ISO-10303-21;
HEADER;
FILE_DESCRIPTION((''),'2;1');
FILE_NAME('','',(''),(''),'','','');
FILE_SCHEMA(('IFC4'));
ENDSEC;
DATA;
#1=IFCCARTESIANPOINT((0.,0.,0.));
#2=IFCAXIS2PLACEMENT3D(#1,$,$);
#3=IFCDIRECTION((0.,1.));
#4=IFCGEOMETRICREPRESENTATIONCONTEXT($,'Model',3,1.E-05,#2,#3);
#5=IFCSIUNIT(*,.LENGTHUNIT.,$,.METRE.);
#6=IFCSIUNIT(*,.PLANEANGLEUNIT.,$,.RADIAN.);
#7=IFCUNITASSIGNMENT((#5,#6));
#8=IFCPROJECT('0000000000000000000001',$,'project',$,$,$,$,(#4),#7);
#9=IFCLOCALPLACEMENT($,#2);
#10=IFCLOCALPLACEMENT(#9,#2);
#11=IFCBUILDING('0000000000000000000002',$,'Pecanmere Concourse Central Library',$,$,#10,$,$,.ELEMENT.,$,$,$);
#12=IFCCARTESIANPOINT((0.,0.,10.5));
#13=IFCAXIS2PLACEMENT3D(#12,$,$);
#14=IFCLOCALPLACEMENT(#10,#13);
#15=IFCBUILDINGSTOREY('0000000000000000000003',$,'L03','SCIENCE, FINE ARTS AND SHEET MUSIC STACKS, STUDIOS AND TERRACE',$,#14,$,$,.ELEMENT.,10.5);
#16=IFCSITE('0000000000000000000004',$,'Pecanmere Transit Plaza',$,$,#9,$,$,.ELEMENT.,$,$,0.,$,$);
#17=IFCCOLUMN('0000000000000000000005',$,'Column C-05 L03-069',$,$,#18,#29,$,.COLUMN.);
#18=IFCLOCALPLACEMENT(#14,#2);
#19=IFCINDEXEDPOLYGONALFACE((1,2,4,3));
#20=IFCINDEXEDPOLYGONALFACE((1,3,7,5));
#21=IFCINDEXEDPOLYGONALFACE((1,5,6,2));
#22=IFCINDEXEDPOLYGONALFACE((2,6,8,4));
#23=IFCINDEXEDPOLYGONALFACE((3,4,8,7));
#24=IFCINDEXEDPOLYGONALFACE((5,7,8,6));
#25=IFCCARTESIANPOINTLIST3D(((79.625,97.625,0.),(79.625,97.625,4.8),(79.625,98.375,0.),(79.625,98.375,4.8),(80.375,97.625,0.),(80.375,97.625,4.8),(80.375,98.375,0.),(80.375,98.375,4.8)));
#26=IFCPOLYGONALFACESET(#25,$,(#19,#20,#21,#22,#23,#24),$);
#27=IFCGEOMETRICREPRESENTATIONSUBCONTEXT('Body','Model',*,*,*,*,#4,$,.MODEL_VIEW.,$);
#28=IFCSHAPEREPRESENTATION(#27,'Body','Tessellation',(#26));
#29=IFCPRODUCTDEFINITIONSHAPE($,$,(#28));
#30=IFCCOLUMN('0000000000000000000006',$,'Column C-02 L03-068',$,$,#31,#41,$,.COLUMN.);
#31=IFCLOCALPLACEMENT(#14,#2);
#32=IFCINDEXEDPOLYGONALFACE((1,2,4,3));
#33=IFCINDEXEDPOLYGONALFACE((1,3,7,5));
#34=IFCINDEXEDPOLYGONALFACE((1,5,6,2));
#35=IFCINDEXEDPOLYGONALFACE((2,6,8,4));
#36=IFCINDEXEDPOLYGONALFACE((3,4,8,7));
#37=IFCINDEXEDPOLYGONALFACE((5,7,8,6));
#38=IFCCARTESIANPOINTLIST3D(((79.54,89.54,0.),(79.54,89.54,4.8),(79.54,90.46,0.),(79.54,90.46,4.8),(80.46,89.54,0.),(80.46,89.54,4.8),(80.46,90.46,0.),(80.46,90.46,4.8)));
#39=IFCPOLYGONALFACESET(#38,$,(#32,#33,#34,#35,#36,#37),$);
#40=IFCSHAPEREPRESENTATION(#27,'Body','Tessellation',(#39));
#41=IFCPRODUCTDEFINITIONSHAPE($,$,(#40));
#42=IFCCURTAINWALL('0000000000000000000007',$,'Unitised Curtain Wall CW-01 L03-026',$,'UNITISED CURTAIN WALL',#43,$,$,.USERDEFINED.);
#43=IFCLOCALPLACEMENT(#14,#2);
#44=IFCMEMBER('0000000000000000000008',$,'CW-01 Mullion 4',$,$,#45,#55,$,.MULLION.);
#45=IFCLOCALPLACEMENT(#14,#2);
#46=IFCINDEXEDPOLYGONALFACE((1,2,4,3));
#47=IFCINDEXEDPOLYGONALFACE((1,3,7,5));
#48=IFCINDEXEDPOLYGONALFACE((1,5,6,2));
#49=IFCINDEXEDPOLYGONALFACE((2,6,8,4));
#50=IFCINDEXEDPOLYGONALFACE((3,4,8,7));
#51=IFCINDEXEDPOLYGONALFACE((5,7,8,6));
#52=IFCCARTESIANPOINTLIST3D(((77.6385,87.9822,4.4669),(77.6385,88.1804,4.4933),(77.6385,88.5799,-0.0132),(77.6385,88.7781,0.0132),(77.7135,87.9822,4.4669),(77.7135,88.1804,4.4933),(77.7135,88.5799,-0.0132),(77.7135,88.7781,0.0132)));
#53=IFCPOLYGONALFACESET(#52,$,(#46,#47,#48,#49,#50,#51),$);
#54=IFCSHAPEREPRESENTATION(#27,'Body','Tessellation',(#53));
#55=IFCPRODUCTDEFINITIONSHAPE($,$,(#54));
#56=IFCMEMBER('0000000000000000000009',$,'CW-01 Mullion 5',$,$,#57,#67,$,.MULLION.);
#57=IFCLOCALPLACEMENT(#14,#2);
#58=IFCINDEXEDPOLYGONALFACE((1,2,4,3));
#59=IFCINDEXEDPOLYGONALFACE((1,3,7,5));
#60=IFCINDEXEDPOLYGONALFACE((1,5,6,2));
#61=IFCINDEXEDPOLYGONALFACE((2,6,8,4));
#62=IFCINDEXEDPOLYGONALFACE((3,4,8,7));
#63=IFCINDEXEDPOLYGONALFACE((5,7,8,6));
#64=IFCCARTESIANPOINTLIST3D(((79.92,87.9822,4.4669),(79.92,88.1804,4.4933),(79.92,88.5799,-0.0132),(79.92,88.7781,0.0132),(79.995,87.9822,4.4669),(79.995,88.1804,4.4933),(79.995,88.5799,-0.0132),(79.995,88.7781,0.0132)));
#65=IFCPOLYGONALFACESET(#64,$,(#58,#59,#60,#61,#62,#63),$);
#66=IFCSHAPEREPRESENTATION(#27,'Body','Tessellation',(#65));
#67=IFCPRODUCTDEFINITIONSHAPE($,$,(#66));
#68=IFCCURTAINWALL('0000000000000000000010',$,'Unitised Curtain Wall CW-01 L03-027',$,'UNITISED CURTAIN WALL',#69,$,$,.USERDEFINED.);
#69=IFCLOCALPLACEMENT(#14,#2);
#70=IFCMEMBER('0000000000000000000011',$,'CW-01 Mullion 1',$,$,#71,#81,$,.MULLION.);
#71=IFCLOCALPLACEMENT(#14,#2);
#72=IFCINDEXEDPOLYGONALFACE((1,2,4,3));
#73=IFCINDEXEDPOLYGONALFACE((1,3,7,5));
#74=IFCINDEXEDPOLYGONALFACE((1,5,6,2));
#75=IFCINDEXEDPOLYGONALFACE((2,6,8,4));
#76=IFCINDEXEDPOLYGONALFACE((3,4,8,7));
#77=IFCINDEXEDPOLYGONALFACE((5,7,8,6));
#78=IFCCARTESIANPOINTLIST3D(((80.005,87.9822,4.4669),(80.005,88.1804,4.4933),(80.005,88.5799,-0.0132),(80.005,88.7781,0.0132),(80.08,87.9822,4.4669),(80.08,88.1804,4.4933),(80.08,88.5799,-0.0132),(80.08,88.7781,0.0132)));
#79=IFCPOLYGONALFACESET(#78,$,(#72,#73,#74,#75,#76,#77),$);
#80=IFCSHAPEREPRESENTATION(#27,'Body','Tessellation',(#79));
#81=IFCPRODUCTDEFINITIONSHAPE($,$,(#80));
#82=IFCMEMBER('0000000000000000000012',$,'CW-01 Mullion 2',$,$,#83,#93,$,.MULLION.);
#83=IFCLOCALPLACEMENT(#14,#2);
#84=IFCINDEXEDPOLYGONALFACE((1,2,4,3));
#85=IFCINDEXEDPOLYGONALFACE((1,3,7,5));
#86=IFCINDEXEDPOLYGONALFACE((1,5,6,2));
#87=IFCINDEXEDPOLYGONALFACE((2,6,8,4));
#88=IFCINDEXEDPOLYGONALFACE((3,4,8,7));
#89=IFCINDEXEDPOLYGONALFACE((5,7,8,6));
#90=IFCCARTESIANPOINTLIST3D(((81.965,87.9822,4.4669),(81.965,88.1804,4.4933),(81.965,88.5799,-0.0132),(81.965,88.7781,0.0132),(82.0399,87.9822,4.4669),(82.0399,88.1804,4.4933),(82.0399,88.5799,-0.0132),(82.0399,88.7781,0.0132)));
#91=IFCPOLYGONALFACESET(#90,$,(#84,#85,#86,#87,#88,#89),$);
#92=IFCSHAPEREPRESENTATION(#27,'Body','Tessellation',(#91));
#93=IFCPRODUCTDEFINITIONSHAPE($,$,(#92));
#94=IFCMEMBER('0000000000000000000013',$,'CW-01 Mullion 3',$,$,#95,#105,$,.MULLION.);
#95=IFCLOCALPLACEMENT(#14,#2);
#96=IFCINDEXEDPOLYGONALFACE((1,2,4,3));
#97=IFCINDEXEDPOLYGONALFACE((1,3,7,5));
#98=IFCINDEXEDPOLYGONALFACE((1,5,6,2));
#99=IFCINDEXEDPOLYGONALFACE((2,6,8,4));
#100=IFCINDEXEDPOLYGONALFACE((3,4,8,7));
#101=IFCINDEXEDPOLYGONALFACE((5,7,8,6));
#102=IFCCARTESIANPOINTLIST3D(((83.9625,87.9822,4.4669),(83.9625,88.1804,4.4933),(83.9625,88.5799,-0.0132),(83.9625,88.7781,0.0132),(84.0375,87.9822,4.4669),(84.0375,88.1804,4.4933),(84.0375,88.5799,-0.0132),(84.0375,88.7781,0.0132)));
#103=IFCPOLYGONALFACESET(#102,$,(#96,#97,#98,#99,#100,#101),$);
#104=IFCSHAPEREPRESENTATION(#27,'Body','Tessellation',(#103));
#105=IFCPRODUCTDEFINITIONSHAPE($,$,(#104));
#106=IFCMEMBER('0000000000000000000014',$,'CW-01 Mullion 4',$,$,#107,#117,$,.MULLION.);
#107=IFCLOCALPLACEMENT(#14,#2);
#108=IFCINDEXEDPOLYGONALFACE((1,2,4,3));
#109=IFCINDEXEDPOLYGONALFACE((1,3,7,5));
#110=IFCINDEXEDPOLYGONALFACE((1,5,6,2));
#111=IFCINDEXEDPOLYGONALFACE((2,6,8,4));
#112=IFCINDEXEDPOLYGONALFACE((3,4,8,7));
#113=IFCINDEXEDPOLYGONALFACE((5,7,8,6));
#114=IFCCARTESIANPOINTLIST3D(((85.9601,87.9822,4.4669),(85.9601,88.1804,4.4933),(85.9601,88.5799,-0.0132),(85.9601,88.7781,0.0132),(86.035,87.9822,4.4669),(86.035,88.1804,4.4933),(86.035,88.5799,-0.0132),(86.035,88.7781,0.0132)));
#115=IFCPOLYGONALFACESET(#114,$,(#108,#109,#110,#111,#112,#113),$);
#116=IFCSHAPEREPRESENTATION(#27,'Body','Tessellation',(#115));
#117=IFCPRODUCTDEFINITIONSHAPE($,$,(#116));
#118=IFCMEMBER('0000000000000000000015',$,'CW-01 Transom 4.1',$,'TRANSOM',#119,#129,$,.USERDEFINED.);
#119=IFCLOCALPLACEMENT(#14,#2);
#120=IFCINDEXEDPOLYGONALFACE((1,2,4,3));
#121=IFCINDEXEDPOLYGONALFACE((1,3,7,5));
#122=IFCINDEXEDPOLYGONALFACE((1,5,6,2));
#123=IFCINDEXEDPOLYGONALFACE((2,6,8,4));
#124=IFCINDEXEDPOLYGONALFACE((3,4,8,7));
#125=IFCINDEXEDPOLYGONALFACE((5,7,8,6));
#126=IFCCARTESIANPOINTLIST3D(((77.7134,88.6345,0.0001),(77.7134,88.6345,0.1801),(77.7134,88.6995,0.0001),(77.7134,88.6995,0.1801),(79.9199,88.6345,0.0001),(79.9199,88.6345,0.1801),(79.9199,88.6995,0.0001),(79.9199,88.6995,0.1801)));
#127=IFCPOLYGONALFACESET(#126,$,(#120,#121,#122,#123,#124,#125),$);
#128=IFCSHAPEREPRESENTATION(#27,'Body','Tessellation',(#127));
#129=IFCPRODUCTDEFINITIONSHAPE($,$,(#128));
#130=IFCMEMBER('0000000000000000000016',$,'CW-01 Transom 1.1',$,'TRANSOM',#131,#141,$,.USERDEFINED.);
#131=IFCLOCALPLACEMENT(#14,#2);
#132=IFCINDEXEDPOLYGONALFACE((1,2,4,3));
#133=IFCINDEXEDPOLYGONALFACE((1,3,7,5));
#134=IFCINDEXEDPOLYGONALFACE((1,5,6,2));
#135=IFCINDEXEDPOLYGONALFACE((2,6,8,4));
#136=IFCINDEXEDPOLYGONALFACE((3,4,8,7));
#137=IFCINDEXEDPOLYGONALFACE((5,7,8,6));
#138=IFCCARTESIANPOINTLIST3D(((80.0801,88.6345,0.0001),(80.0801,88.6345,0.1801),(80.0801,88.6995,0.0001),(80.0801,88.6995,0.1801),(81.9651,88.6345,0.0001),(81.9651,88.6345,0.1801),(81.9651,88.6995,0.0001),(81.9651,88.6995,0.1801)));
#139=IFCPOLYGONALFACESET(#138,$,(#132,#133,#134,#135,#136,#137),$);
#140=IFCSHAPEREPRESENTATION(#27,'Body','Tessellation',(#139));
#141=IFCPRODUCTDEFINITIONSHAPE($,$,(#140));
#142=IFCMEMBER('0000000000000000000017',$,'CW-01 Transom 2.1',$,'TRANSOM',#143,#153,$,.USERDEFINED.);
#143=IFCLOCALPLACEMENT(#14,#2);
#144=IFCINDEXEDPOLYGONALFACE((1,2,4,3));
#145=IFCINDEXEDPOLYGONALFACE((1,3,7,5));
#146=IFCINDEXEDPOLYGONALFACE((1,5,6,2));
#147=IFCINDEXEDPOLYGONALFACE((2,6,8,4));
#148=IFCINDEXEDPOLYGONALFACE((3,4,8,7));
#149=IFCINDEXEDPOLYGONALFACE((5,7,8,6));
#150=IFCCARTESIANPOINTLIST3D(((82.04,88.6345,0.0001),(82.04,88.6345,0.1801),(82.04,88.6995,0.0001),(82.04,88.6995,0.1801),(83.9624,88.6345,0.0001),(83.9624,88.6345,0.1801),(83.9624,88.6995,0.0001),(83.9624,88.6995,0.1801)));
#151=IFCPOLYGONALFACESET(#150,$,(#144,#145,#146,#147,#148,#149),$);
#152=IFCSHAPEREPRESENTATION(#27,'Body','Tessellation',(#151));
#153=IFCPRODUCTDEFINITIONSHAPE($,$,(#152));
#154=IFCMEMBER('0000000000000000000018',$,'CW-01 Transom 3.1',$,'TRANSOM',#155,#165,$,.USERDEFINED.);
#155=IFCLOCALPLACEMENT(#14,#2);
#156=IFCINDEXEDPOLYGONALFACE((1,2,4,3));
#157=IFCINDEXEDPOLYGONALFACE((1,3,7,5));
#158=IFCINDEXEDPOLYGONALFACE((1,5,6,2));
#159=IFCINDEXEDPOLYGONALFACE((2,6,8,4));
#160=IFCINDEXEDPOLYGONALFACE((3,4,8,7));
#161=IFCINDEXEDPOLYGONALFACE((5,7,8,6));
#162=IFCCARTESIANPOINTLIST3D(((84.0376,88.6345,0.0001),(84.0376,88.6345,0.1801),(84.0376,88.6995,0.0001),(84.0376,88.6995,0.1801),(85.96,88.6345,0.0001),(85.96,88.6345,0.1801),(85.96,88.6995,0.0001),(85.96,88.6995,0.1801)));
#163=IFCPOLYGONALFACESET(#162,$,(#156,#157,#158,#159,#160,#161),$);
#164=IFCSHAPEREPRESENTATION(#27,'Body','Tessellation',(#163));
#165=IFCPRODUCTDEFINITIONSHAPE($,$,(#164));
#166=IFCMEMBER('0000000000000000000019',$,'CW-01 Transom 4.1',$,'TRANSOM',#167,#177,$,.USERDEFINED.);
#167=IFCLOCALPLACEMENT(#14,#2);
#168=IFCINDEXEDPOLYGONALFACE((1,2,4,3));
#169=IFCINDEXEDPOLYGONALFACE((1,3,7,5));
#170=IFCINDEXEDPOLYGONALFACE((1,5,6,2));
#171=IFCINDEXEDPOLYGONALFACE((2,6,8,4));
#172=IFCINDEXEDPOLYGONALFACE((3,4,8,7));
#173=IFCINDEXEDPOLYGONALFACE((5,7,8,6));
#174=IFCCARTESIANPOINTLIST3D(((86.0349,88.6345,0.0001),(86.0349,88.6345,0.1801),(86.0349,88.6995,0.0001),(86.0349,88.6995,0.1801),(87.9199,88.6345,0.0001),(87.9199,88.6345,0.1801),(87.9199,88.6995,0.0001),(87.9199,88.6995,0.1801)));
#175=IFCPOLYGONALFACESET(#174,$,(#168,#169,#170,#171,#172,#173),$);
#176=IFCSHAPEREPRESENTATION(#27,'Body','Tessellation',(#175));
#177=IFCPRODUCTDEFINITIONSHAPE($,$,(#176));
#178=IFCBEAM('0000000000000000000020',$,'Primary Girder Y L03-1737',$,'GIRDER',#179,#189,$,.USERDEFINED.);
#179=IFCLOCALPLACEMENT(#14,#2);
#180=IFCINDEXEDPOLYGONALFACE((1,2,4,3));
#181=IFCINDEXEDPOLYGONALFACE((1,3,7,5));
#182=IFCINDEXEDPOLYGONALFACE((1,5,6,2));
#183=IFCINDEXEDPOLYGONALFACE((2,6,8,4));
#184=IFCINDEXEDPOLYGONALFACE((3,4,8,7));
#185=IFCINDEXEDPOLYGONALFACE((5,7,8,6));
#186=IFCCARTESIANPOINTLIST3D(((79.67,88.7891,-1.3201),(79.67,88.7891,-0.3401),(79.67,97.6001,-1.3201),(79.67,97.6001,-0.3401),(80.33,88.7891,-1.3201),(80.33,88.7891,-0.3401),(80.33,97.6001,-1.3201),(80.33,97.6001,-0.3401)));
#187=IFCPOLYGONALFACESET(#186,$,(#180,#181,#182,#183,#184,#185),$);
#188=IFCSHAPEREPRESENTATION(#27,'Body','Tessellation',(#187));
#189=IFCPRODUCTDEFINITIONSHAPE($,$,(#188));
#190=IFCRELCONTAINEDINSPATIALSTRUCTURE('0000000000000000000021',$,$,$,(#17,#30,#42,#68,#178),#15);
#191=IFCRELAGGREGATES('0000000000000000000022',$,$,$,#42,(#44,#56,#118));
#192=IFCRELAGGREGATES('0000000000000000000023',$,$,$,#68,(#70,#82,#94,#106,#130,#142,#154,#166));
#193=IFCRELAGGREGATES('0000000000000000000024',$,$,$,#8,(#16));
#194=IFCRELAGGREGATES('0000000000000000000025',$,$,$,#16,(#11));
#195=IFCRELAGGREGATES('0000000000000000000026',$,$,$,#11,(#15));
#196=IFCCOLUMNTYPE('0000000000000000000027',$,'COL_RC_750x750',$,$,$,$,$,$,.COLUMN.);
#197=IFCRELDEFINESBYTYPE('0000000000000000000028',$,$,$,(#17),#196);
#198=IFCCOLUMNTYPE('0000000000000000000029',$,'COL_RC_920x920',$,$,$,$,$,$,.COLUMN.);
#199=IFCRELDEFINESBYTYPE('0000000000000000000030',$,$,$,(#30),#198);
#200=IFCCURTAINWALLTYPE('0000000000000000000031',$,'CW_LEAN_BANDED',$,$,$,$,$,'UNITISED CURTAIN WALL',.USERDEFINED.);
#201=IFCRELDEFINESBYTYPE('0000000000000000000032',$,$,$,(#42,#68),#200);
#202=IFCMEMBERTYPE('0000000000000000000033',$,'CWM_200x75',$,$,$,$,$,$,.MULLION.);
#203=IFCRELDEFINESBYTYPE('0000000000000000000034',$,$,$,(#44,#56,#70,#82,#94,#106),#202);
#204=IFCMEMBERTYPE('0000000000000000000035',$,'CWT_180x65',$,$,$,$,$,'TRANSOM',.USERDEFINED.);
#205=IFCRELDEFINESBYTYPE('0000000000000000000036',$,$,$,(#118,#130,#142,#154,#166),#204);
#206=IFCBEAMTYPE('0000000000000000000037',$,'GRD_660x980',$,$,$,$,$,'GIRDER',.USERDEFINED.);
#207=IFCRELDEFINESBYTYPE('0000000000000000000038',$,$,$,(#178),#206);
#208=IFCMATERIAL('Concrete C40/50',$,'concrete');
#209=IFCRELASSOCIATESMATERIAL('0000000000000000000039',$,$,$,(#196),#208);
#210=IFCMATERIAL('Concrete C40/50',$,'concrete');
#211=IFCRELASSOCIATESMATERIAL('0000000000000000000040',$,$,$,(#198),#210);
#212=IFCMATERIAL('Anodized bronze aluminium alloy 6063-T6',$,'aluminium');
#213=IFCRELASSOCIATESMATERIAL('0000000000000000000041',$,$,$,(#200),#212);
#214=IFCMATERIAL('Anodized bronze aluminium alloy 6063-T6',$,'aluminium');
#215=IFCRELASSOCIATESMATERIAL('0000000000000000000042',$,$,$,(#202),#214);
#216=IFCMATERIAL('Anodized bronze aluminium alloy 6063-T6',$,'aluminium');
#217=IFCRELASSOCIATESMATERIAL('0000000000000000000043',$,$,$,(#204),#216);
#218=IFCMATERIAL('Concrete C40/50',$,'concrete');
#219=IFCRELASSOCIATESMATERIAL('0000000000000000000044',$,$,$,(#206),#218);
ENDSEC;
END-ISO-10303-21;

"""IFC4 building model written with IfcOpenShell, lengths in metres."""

from ifc_helpers import new_model, si_unit, direction, frame, origin, origin_2d, place, context, subcontext, project, spatial, rectangle, extrude, material, material_profile, profile_set, type_object, element, aggregate, save


model = new_model("IFC4")

# Units and contexts
model_context = context("Model", 3, precision=1e-05, world=origin(), true_north=direction((0.0, 1.0)))
body_context = subcontext(model_context, "Body", "Model", "MODEL_VIEW")
ifc_project = project(units=[si_unit("LENGTHUNIT", "METRE"), si_unit("PLANEANGLEUNIT", "RADIAN")], contexts=[model_context])

# Site, building, storey
site_placement = place(None, origin())
site = spatial("IfcSite", under=ifc_project, at=site_placement, Name="Pecanmere Transit Plaza", CompositionType="ELEMENT", RefElevation=0.0)
building_placement = place(site_placement, origin())
building = spatial("IfcBuilding", under=site, at=building_placement, Name="Pecanmere Concourse Central Library", CompositionType="ELEMENT")
storey_placement = place(building_placement, frame((0.0, 0.0, 10.5)))
storey = spatial("IfcBuildingStorey", under=building, at=storey_placement, Name="L03", Description="SCIENCE, FINE ARTS AND SHEET MUSIC STACKS, STUDIOS AND TERRACE", CompositionType="ELEMENT", Elevation=10.5)

# Columns
ifc_material_1 = material(Name="Concrete C40/50", Category="concrete")
ifc_material_profile_1 = material_profile(ifc_material_1, rectangle(XDim=0.75, YDim=0.75, at=origin_2d()), Name="RC 750x750")
ifc_profile_set_1 = profile_set([ifc_material_profile_1], Name="Concrete C40/50")
column_type_1 = type_object("IfcColumnType", Name="COL_RC_750x750", PredefinedType="COLUMN", material=ifc_profile_set_1)
column_1_placement = place(storey_placement, frame((80.0, 98.0, 0.0), z_axis=(0.0, 0.0, 1.0), x_axis=(1.0, 0.0, 0.0)))
element("IfcColumn", 1, at=column_1_placement, inside=storey, type_object=column_type_1, Name="Column C-05 L03-069", PredefinedType="COLUMN", context=body_context, shape_type="SweptSolid", body=[
    extrude(rectangle(XDim=0.75, YDim=0.75, at=origin_2d()), origin(), (0.0, 0.0, 1.0), 4.8),
])
ifc_material_2 = material(Name="Concrete C40/50", Category="concrete")
ifc_material_profile_2 = material_profile(ifc_material_2, rectangle(XDim=0.9199, YDim=0.9199, at=origin_2d()), Name="RC 920x920")
ifc_profile_set_2 = profile_set([ifc_material_profile_2], Name="Concrete C40/50")
column_type_2 = type_object("IfcColumnType", Name="COL_RC_920x920", PredefinedType="COLUMN", material=ifc_profile_set_2)
column_2_placement = place(storey_placement, frame((80.0, 90.0, 0.0), z_axis=(0.0, 0.0, 1.0), x_axis=(1.0, 0.0, 0.0)))
element("IfcColumn", 2, at=column_2_placement, inside=storey, type_object=column_type_2, Name="Column C-02 L03-068", PredefinedType="COLUMN", context=body_context, shape_type="SweptSolid", body=[
    extrude(rectangle(XDim=0.9199, YDim=0.9199, at=origin_2d()), origin(), (0.0, 0.0, 1.0), 4.8),
])

# Curtain walls, members
ifc_material_3 = material(Name="Anodized bronze aluminium alloy 6063-T6", Category="aluminium")
curtain_wall_type = type_object("IfcCurtainWallType", Name="CW_LEAN_BANDED", ElementType="UNITISED CURTAIN WALL", PredefinedType="USERDEFINED", material=ifc_material_3)
curtain_wall_1_placement = place(storey_placement, origin())
curtain_wall_1 = element("IfcCurtainWall", 3, at=curtain_wall_1_placement, inside=storey, type_object=curtain_wall_type, Name="Unitised Curtain Wall CW-01 L03-026", ObjectType="UNITISED CURTAIN WALL", PredefinedType="USERDEFINED")
ifc_material_4 = material(Name="Anodized bronze aluminium alloy 6063-T6", Category="aluminium")
ifc_material_profile_3 = material_profile(ifc_material_4, rectangle(XDim=0.075, YDim=0.2, at=origin_2d()), Name="AL 75x200")
ifc_profile_set_3 = profile_set([ifc_material_profile_3], Name="Anodized bronze aluminium alloy 6063-T6")
member_type_1 = type_object("IfcMemberType", Name="CWM_200x75", PredefinedType="MULLION", material=ifc_profile_set_3)
member_1_placement = place(storey_placement, frame((77.676, 88.679, 0.0), z_axis=(0.0, -0.132234, 0.991218), x_axis=(1.0, 0.0, 0.0)))
member_1 = element("IfcMember", 4, at=member_1_placement, type_object=member_type_1, Name="CW-01 Mullion 4", PredefinedType="MULLION", context=body_context, shape_type="SweptSolid", body=[
    extrude(rectangle(XDim=0.075, YDim=0.2, at=origin_2d()), origin(), (0.0, 0.0, 1.0), 4.5198),
])
member_2_placement = place(storey_placement, frame((79.9575, 88.679, 0.0), z_axis=(0.0, -0.132234, 0.991218), x_axis=(1.0, 0.0, 0.0)))
member_2 = element("IfcMember", 5, at=member_2_placement, type_object=member_type_1, Name="CW-01 Mullion 5", PredefinedType="MULLION", context=body_context, shape_type="SweptSolid", body=[
    extrude(rectangle(XDim=0.075, YDim=0.2, at=origin_2d()), origin(), (0.0, 0.0, 1.0), 4.5198),
])
curtain_wall_2_placement = place(storey_placement, origin())
curtain_wall_2 = element("IfcCurtainWall", 6, at=curtain_wall_2_placement, inside=storey, type_object=curtain_wall_type, Name="Unitised Curtain Wall CW-01 L03-027", ObjectType="UNITISED CURTAIN WALL", PredefinedType="USERDEFINED")
member_3_placement = place(storey_placement, frame((80.0425, 88.679, 0.0), z_axis=(0.0, -0.132234, 0.991218), x_axis=(1.0, 0.0, 0.0)))
member_3 = element("IfcMember", 7, at=member_3_placement, type_object=member_type_1, Name="CW-01 Mullion 1", PredefinedType="MULLION", context=body_context, shape_type="SweptSolid", body=[
    extrude(rectangle(XDim=0.075, YDim=0.2, at=origin_2d()), origin(), (0.0, 0.0, 1.0), 4.5198),
])
member_4_placement = place(storey_placement, frame((82.0024, 88.679, 0.0), z_axis=(0.0, -0.132234, 0.991218), x_axis=(1.0, 0.0, 0.0)))
member_4 = element("IfcMember", 8, at=member_4_placement, type_object=member_type_1, Name="CW-01 Mullion 2", PredefinedType="MULLION", context=body_context, shape_type="SweptSolid", body=[
    extrude(rectangle(XDim=0.075, YDim=0.2, at=origin_2d()), origin(), (0.0, 0.0, 1.0), 4.5198),
])
member_5_placement = place(storey_placement, frame((84.0, 88.679, 0.0), z_axis=(0.0, -0.132234, 0.991218), x_axis=(1.0, 0.0, 0.0)))
member_5 = element("IfcMember", 9, at=member_5_placement, type_object=member_type_1, Name="CW-01 Mullion 3", PredefinedType="MULLION", context=body_context, shape_type="SweptSolid", body=[
    extrude(rectangle(XDim=0.075, YDim=0.2, at=origin_2d()), origin(), (0.0, 0.0, 1.0), 4.5198),
])
member_6_placement = place(storey_placement, frame((85.9976, 88.679, 0.0), z_axis=(0.0, -0.132234, 0.991218), x_axis=(1.0, 0.0, 0.0)))
member_6 = element("IfcMember", 10, at=member_6_placement, type_object=member_type_1, Name="CW-01 Mullion 4", PredefinedType="MULLION", context=body_context, shape_type="SweptSolid", body=[
    extrude(rectangle(XDim=0.075, YDim=0.2, at=origin_2d()), origin(), (0.0, 0.0, 1.0), 4.5198),
])

# Members
ifc_material_5 = material(Name="Anodized bronze aluminium alloy 6063-T6", Category="aluminium")
ifc_material_profile_4 = material_profile(ifc_material_5, rectangle(XDim=0.0649, YDim=0.1799, at=origin_2d()), Name="AL 65x180")
ifc_profile_set_4 = profile_set([ifc_material_profile_4], Name="Anodized bronze aluminium alloy 6063-T6")
member_type_2 = type_object("IfcMemberType", Name="CWT_180x65", ElementType="TRANSOM", PredefinedType="USERDEFINED", material=ifc_profile_set_4)
member_7_placement = place(storey_placement, frame((77.7134, 88.667, 0.0901), z_axis=(1.0, 0.0, 0.0), x_axis=(0.0, 1.0, 0.0)))
member_7 = element("IfcMember", 11, at=member_7_placement, type_object=member_type_2, Name="CW-01 Transom 4.1", ObjectType="TRANSOM", PredefinedType="USERDEFINED", context=body_context, shape_type="SweptSolid", body=[
    extrude(rectangle(XDim=0.0649, YDim=0.1799, at=origin_2d()), origin(), (0.0, 0.0, 1.0), 2.2065),
])
aggregate(curtain_wall_1, [member_1, member_2, member_7])
member_8_placement = place(storey_placement, frame((80.0801, 88.667, 0.0901), z_axis=(1.0, 0.0, 0.0), x_axis=(0.0, 1.0, 0.0)))
member_8 = element("IfcMember", 12, at=member_8_placement, type_object=member_type_2, Name="CW-01 Transom 1.1", ObjectType="TRANSOM", PredefinedType="USERDEFINED", context=body_context, shape_type="SweptSolid", body=[
    extrude(rectangle(XDim=0.0649, YDim=0.1799, at=origin_2d()), origin(), (0.0, 0.0, 1.0), 1.885),
])
member_9_placement = place(storey_placement, frame((82.04, 88.667, 0.0901), z_axis=(1.0, 0.0, 0.0), x_axis=(0.0, 1.0, 0.0)))
member_9 = element("IfcMember", 13, at=member_9_placement, type_object=member_type_2, Name="CW-01 Transom 2.1", ObjectType="TRANSOM", PredefinedType="USERDEFINED", context=body_context, shape_type="SweptSolid", body=[
    extrude(rectangle(XDim=0.0649, YDim=0.1799, at=origin_2d()), origin(), (0.0, 0.0, 1.0), 1.9224),
])
member_10_placement = place(storey_placement, frame((84.0376, 88.667, 0.0901), z_axis=(1.0, 0.0, 0.0), x_axis=(0.0, 1.0, 0.0)))
member_10 = element("IfcMember", 14, at=member_10_placement, type_object=member_type_2, Name="CW-01 Transom 3.1", ObjectType="TRANSOM", PredefinedType="USERDEFINED", context=body_context, shape_type="SweptSolid", body=[
    extrude(rectangle(XDim=0.0649, YDim=0.1799, at=origin_2d()), origin(), (0.0, 0.0, 1.0), 1.9224),
])
member_11_placement = place(storey_placement, frame((86.0349, 88.667, 0.0901), z_axis=(1.0, 0.0, 0.0), x_axis=(0.0, 1.0, 0.0)))
member_11 = element("IfcMember", 15, at=member_11_placement, type_object=member_type_2, Name="CW-01 Transom 4.1", ObjectType="TRANSOM", PredefinedType="USERDEFINED", context=body_context, shape_type="SweptSolid", body=[
    extrude(rectangle(XDim=0.0649, YDim=0.1799, at=origin_2d()), origin(), (0.0, 0.0, 1.0), 1.885),
])
aggregate(curtain_wall_2, [member_3, member_4, member_5, member_6, member_8, member_9, member_10, member_11])

# Beam
ifc_material_6 = material(Name="Concrete C40/50", Category="concrete")
ifc_material_profile_5 = material_profile(ifc_material_6, rectangle(XDim=0.6599, YDim=0.98, at=origin_2d()), Name="RC 660x980")
ifc_profile_set_5 = profile_set([ifc_material_profile_5], Name="Concrete C40/50")
beam_type_1 = type_object("IfcBeamType", Name="GRD_660x980", ElementType="GIRDER", PredefinedType="USERDEFINED", material=ifc_profile_set_5)
beam_1_placement = place(storey_placement, frame((80.0, 88.7891, -0.8301), z_axis=(0.0, 1.0, 0.0), x_axis=(-1.0, 0.0, 0.0)))
element("IfcBeam", 16, at=beam_1_placement, inside=storey, type_object=beam_type_1, Name="Primary Girder Y L03-1737", ObjectType="GIRDER", PredefinedType="USERDEFINED", context=body_context, shape_type="SweptSolid", body=[
    extrude(rectangle(XDim=0.6599, YDim=0.98, at=origin_2d()), origin(), (0.0, 0.0, 1.0), 8.811),
])

save(model, "model.ifc")
